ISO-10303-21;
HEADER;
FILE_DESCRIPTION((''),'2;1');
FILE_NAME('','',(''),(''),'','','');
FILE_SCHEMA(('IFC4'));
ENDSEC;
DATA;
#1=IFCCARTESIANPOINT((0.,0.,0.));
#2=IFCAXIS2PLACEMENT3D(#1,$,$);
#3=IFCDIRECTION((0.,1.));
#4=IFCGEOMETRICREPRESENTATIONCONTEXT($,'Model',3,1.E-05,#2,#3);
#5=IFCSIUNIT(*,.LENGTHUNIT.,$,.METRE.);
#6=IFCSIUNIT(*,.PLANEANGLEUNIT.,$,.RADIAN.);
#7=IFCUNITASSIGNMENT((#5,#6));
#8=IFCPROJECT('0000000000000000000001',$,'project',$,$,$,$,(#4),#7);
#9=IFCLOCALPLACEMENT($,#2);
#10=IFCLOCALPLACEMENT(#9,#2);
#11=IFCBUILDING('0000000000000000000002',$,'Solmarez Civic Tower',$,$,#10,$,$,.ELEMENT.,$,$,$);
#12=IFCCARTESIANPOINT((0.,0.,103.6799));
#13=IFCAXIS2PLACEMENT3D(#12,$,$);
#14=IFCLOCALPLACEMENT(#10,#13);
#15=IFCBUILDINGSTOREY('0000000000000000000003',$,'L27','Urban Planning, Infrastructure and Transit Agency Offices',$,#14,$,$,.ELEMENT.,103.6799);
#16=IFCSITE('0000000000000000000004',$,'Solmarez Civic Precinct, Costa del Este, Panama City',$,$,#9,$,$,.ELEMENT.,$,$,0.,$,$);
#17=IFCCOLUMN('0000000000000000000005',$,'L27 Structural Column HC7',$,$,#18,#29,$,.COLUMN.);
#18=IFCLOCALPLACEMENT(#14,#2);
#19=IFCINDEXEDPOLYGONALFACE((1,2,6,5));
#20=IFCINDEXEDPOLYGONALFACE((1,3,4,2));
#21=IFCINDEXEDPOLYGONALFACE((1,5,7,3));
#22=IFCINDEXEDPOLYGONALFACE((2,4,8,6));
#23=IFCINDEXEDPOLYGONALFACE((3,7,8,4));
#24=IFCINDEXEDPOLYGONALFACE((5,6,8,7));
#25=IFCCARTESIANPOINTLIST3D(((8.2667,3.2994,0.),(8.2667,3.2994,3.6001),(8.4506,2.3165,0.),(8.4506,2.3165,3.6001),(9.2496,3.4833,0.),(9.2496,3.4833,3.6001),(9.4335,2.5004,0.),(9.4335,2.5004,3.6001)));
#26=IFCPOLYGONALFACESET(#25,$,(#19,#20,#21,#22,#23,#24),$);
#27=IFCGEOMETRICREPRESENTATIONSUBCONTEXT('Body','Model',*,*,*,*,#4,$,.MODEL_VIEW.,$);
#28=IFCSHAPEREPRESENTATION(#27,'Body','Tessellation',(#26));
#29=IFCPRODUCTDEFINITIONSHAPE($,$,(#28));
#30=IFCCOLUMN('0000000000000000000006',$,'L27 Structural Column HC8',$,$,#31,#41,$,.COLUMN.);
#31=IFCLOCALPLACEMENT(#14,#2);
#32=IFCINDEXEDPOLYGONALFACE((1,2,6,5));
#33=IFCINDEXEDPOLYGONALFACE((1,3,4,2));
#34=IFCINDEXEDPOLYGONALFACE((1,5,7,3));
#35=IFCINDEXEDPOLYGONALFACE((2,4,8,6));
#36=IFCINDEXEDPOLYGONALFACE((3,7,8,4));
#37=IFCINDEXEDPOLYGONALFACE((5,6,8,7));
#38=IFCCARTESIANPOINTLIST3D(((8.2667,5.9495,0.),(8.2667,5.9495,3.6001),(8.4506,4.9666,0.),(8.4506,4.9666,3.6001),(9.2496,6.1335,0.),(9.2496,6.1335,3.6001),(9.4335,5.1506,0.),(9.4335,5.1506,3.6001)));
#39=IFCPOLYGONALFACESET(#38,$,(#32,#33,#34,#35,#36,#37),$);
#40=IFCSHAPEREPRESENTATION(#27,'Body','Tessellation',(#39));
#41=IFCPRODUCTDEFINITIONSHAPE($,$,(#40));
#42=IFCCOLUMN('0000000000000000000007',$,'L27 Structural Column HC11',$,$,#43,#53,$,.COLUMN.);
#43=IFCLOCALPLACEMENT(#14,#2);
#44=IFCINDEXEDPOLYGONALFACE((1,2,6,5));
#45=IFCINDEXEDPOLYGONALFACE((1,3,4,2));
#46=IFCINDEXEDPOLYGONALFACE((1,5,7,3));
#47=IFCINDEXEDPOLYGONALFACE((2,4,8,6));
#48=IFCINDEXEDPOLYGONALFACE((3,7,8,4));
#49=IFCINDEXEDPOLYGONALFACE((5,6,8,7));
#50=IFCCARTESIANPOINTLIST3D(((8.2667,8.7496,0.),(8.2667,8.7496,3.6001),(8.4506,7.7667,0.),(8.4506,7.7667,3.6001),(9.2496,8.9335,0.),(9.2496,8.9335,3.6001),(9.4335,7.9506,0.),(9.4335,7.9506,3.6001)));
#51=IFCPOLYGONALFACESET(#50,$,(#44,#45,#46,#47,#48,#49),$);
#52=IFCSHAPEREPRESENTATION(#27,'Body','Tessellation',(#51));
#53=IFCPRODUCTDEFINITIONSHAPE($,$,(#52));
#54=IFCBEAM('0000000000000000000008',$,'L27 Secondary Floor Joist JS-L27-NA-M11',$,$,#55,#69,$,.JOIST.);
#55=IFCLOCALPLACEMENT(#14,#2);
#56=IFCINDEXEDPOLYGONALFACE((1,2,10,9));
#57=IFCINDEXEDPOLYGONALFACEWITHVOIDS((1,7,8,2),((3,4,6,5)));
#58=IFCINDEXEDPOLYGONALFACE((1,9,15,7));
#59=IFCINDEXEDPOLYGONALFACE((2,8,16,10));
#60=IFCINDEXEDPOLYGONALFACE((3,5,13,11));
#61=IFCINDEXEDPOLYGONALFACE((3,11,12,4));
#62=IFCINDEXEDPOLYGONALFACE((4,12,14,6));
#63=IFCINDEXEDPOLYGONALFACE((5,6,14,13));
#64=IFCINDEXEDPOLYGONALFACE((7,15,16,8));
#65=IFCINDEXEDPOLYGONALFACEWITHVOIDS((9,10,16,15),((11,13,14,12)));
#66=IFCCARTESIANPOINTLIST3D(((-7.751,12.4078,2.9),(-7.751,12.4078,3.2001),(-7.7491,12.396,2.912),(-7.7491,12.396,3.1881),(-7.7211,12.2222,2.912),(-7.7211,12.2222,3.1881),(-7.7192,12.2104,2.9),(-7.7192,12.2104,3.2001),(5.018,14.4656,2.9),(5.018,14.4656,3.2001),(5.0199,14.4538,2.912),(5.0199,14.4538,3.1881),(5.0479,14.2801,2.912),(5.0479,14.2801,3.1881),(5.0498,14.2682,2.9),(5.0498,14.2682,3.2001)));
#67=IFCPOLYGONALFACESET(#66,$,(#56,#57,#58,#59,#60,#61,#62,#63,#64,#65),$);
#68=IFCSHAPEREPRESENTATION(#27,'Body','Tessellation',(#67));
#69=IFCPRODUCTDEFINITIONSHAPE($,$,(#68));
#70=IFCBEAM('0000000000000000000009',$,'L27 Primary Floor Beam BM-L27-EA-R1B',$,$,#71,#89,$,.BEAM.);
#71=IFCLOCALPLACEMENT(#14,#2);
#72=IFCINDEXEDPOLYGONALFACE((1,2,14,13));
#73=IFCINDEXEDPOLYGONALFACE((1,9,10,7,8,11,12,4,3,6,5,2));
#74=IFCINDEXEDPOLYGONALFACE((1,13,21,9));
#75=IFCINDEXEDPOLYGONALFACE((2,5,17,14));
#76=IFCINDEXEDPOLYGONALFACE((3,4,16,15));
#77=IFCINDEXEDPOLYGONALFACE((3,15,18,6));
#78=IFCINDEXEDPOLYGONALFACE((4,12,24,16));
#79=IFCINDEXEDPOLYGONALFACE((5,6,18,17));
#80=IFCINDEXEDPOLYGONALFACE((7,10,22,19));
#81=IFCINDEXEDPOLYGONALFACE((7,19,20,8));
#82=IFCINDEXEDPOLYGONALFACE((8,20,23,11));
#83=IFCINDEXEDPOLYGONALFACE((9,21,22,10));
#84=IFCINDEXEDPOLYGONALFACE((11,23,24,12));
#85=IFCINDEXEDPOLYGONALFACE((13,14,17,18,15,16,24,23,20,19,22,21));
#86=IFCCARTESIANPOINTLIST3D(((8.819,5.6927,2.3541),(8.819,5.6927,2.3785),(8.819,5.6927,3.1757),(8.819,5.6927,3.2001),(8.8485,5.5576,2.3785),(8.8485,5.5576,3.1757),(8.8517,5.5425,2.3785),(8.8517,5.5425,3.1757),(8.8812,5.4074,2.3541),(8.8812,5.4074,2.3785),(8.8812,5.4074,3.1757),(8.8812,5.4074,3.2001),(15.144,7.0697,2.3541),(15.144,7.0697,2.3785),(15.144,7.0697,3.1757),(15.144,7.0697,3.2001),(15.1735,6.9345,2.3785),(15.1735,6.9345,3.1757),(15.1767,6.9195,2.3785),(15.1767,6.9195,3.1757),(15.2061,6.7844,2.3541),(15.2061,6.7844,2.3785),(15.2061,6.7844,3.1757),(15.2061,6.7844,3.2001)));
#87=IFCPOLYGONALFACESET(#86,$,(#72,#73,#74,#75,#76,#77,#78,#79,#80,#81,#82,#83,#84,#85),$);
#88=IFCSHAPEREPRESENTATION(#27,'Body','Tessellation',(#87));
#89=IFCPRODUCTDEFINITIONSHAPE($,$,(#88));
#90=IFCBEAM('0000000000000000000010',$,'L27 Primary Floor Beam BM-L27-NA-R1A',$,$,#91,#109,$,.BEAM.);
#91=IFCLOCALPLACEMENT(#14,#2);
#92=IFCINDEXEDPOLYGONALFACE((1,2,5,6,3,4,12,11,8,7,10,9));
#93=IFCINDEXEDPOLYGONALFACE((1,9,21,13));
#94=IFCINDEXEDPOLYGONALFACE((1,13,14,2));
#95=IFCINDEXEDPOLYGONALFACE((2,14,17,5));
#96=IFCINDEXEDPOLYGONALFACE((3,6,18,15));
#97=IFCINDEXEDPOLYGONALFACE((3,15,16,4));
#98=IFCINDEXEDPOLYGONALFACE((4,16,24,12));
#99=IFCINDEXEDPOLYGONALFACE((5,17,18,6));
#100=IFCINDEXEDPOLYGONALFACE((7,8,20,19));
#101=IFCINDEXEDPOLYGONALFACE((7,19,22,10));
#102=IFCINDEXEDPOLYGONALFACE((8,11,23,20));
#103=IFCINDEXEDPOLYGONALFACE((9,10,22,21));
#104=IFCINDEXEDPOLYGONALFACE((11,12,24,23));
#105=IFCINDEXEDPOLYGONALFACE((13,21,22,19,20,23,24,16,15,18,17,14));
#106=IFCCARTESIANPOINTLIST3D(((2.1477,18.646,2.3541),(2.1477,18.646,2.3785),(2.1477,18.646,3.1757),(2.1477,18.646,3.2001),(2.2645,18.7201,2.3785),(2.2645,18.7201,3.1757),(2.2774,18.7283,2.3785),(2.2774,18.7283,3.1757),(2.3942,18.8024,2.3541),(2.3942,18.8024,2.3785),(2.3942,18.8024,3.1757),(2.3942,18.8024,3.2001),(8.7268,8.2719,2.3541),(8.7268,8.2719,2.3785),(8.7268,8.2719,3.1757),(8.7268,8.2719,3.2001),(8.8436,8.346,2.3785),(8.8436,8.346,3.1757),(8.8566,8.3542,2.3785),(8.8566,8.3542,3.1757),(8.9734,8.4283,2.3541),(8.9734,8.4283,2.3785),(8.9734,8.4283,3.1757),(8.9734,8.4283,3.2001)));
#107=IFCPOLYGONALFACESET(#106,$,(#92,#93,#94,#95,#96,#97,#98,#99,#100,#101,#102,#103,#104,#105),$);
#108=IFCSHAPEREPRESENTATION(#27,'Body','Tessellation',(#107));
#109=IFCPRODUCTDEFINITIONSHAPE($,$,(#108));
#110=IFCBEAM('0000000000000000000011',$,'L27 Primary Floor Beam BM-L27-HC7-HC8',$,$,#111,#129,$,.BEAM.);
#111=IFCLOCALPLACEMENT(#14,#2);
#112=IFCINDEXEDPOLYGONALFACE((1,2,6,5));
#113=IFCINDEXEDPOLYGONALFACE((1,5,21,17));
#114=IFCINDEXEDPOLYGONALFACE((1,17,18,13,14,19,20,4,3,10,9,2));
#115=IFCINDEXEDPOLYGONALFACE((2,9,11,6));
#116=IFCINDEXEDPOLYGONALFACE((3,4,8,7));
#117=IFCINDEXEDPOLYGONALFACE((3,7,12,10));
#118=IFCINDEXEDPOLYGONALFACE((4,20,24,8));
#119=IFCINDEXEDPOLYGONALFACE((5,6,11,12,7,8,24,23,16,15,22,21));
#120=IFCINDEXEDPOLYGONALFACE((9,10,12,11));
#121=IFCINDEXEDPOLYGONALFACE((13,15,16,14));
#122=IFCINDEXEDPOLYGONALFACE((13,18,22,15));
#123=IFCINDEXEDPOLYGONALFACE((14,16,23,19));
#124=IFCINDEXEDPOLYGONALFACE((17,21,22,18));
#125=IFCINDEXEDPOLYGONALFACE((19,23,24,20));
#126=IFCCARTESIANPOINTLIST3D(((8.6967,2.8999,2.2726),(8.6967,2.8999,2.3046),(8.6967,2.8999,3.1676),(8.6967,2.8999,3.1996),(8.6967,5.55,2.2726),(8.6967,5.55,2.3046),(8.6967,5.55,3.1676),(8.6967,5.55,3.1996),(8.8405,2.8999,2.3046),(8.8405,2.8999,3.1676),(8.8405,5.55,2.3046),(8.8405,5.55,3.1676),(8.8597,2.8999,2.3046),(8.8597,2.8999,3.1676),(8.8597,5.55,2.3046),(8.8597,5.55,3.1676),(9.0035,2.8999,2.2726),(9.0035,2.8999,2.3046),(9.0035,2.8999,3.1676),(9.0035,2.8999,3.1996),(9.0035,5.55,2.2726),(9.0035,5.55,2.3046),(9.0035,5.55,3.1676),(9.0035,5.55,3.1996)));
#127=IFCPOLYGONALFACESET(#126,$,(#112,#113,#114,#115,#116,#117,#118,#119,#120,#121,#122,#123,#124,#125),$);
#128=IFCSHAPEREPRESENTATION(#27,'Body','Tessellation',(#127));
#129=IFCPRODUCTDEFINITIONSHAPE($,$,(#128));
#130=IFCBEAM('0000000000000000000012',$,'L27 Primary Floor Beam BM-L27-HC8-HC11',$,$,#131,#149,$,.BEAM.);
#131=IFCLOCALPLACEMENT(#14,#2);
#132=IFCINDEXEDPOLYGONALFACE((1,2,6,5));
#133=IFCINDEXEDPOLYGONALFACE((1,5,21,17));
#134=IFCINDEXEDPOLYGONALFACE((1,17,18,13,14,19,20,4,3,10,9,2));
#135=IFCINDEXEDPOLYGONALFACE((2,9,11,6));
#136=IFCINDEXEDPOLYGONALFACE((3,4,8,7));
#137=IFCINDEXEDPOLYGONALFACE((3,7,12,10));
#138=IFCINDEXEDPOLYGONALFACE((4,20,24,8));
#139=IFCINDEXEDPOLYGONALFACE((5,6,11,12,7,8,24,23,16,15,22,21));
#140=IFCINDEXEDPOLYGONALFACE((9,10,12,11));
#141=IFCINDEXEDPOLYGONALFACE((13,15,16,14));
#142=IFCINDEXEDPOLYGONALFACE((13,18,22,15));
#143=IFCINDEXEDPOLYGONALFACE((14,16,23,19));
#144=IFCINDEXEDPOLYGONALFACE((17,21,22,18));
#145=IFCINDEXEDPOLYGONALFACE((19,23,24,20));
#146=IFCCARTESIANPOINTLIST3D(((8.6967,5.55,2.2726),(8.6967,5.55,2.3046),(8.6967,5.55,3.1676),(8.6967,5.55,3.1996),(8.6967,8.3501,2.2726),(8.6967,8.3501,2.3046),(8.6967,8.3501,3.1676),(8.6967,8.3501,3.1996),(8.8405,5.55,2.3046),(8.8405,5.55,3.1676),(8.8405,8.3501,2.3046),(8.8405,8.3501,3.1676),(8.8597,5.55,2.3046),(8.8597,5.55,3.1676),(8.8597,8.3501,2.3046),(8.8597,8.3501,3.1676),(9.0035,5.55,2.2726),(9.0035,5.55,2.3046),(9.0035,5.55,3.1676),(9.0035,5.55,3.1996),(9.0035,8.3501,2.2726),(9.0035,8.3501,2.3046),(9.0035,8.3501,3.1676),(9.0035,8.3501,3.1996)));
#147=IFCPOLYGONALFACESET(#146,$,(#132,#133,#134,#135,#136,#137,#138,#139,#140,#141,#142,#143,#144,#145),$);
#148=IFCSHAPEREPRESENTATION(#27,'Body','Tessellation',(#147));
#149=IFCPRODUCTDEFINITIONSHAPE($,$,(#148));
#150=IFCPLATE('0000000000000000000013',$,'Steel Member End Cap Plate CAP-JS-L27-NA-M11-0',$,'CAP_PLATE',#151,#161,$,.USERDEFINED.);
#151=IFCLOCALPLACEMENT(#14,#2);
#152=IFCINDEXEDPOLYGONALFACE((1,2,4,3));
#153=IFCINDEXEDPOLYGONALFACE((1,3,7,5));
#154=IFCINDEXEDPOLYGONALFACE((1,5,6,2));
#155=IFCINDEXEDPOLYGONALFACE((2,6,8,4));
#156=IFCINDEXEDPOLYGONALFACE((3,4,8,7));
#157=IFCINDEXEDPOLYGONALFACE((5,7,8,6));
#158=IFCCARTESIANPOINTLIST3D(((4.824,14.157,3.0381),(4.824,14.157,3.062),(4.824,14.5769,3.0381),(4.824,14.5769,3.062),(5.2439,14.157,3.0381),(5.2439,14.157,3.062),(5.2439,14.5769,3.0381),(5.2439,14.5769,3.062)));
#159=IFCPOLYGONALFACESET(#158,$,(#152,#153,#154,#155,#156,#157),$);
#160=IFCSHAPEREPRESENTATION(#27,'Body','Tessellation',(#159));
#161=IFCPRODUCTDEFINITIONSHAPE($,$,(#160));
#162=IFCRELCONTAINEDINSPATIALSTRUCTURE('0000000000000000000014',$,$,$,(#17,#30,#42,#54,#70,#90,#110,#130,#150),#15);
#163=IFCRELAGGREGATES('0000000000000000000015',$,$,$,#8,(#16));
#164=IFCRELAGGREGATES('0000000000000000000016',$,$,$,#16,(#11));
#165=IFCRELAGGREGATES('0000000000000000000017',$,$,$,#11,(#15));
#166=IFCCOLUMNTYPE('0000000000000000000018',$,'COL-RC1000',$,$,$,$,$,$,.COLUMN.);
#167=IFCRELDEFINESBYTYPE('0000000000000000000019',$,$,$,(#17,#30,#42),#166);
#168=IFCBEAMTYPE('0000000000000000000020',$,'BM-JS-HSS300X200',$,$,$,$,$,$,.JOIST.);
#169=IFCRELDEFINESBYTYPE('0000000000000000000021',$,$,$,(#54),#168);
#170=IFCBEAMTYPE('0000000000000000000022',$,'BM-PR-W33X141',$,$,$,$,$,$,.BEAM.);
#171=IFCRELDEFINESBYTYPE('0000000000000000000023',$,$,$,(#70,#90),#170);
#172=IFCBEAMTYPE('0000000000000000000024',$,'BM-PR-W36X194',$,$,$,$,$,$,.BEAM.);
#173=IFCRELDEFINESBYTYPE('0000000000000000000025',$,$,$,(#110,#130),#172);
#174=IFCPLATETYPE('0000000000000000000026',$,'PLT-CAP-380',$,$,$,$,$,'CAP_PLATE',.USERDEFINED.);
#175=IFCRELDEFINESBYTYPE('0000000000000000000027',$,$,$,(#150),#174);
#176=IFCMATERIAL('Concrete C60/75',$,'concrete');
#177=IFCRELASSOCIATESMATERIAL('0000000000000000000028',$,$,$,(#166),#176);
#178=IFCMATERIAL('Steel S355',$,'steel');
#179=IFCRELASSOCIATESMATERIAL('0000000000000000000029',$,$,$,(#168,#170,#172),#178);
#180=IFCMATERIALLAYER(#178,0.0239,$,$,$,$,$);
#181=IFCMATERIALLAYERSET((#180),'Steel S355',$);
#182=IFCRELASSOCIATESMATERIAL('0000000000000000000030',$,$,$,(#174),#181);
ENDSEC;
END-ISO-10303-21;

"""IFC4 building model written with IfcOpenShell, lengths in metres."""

from ifc_helpers import new_model, si_unit, direction, frame, origin, origin_2d, place, context, subcontext, project, spatial, rectangle, hollow_rectangle, i_section, extrude, material, layer, layer_set, material_profile, profile_set, type_object, element, save


model = new_model("IFC4")

# Units and contexts
model_context = context("Model", 3, precision=1e-05, world=origin(), true_north=direction((0.0, 1.0)))
body_context = subcontext(model_context, "Body", "Model", "MODEL_VIEW")
ifc_project = project(units=[si_unit("LENGTHUNIT", "METRE"), si_unit("PLANEANGLEUNIT", "RADIAN")], contexts=[model_context])

# Site, building, storey
site_placement = place(None, origin())
site = spatial("IfcSite", under=ifc_project, at=site_placement, Name="Solmarez Civic Precinct, Costa del Este, Panama City", CompositionType="ELEMENT", RefElevation=0.0)
building_placement = place(site_placement, origin())
building = spatial("IfcBuilding", under=site, at=building_placement, Name="Solmarez Civic Tower", CompositionType="ELEMENT")
storey_placement = place(building_placement, frame((0.0, 0.0, 103.6799)))
storey = spatial("IfcBuildingStorey", under=building, at=storey_placement, Name="L27", Description="Urban Planning, Infrastructure and Transit Agency Offices", CompositionType="ELEMENT", Elevation=103.6799)

# Columns
ifc_material_1 = material(Name="Concrete C60/75", Category="concrete")
ifc_material_profile_1 = material_profile(ifc_material_1, rectangle(XDim=1.0, YDim=1.0, at=origin_2d()), Name="RC1000X1000")
ifc_profile_set_1 = profile_set([ifc_material_profile_1], Name="Concrete C60/75")
column_type = type_object("IfcColumnType", Name="COL-RC1000", PredefinedType="COLUMN", material=ifc_profile_set_1)
for number, where, z_axis, x_axis, name in (
    (1, (8.8501, 2.8999, 0.0), (0.0, 0.0, 1.0), (0.982935, 0.183951, 0.0), "L27 Structural Column HC7"),
    (2, (8.8501, 5.55, 0.0), (0.0, 0.0, 1.0), (0.982935, 0.183951, 0.0), "L27 Structural Column HC8"),
    (3, (8.8501, 8.3501, 0.0), (0.0, 0.0, 1.0), (0.982935, 0.183951, 0.0), "L27 Structural Column HC11"),
):
    element("IfcColumn", number, at=place(storey_placement, frame(where, z_axis=z_axis, x_axis=x_axis)), inside=storey, type_object=column_type, Name=name, PredefinedType="COLUMN", context=body_context, shape_type="SweptSolid", body=[
        extrude(rectangle(XDim=1.0, YDim=1.0, at=origin_2d()), origin(), (0.0, 0.0, 1.0), 3.6001),
    ])

# Beams
ifc_material_2 = material(Name="Steel S355", Category="steel")
ifc_material_profile_2 = material_profile(ifc_material_2, hollow_rectangle(XDim=0.2, YDim=0.3, WallThickness=0.012, at=origin_2d()), Name="HSS300X200X12")
ifc_profile_set_2 = profile_set([ifc_material_profile_2], Name="Steel S355")
beam_type_1 = type_object("IfcBeamType", Name="BM-JS-HSS300X200", PredefinedType="JOIST", material=ifc_profile_set_2)
beam_1_placement = place(storey_placement, frame((5.0339, 14.3669, 3.05), z_axis=(-0.987261, -0.159107, 0.0), x_axis=(0.159107, -0.987261, 0.0)))
element("IfcBeam", 4, at=beam_1_placement, inside=storey, type_object=beam_type_1, Name="L27 Secondary Floor Joist JS-L27-NA-M11", PredefinedType="JOIST", context=body_context, shape_type="SweptSolid", body=[
    extrude(hollow_rectangle(XDim=0.2, YDim=0.3, WallThickness=0.012, at=origin_2d()), origin(), (0.0, 0.0, 1.0), 12.9338),
])
ifc_material_profile_3 = material_profile(ifc_material_2, i_section(OverallWidth=0.292, OverallDepth=0.8459, WebThickness=0.0154, FlangeThickness=0.0244, at=origin_2d()), Name="W33X141")
ifc_profile_set_3 = profile_set([ifc_material_profile_3], Name="Steel S355")
beam_type_2 = type_object("IfcBeamType", Name="BM-PR-W33X141", PredefinedType="BEAM", material=ifc_profile_set_3)
beam_2_placement = place(storey_placement, frame((8.8501, 5.55, 2.7771), z_axis=(0.977113, 0.212719, 0.0), x_axis=(-0.212719, 0.977113, 0.0)))
element("IfcBeam", 5, at=beam_2_placement, inside=storey, type_object=beam_type_2, Name="L27 Primary Floor Beam BM-L27-EA-R1B", PredefinedType="BEAM", context=body_context, shape_type="SweptSolid", body=[
    extrude(i_section(OverallWidth=0.292, OverallDepth=0.8459, WebThickness=0.0154, FlangeThickness=0.0244, at=origin_2d()), origin(), (0.0, 0.0, 1.0), 6.4731),
])
beam_3_placement = place(storey_placement, frame((8.8501, 8.3501, 2.7771), z_axis=(-0.535568, 0.844492, 0.0), x_axis=(-0.844492, -0.535568, 0.0)))
element("IfcBeam", 6, at=beam_3_placement, inside=storey, type_object=beam_type_2, Name="L27 Primary Floor Beam BM-L27-NA-R1A", PredefinedType="BEAM", context=body_context, shape_type="SweptSolid", body=[
    extrude(i_section(OverallWidth=0.292, OverallDepth=0.8459, WebThickness=0.0154, FlangeThickness=0.0244, at=origin_2d()), origin(), (0.0, 0.0, 1.0), 12.2844),
])
ifc_material_profile_4 = material_profile(ifc_material_2, i_section(OverallWidth=0.3069, OverallDepth=0.927, WebThickness=0.0193, FlangeThickness=0.032, at=origin_2d()), Name="W36X194")
ifc_profile_set_4 = profile_set([ifc_material_profile_4], Name="Steel S355")
beam_type_3 = type_object("IfcBeamType", Name="BM-PR-W36X194", PredefinedType="BEAM", material=ifc_profile_set_4)
beam_4_placement = place(storey_placement, frame((8.8501, 2.8999, 2.7361), z_axis=(0.0, 1.0, 0.0), x_axis=(-1.0, 0.0, 0.0)))
element("IfcBeam", 7, at=beam_4_placement, inside=storey, type_object=beam_type_3, Name="L27 Primary Floor Beam BM-L27-HC7-HC8", PredefinedType="BEAM", context=body_context, shape_type="SweptSolid", body=[
    extrude(i_section(OverallWidth=0.3069, OverallDepth=0.927, WebThickness=0.0193, FlangeThickness=0.032, at=origin_2d()), origin(), (0.0, 0.0, 1.0), 2.6501),
])
beam_5_placement = place(storey_placement, frame((8.8501, 5.55, 2.7361), z_axis=(0.0, 1.0, 0.0), x_axis=(-1.0, 0.0, 0.0)))
element("IfcBeam", 8, at=beam_5_placement, inside=storey, type_object=beam_type_3, Name="L27 Primary Floor Beam BM-L27-HC8-HC11", PredefinedType="BEAM", context=body_context, shape_type="SweptSolid", body=[
    extrude(i_section(OverallWidth=0.3069, OverallDepth=0.927, WebThickness=0.0193, FlangeThickness=0.032, at=origin_2d()), origin(), (0.0, 0.0, 1.0), 2.8),
])

# Plate
ifc_layer_1 = layer(ifc_material_2, 0.0239)
ifc_layer_set_1 = layer_set([ifc_layer_1], Name="Steel S355")
plate_type = type_object("IfcPlateType", Name="PLT-CAP-380", ElementType="CAP_PLATE", PredefinedType="USERDEFINED", material=ifc_layer_set_1)
plate_placement = place(storey_placement, frame((5.0339, 14.3669, 3.0381), z_axis=(0.0, 0.0, 1.0), x_axis=(1.0, 0.0, 0.0)))
element("IfcPlate", 9, at=plate_placement, inside=storey, type_object=plate_type, Name="Steel Member End Cap Plate CAP-JS-L27-NA-M11-0", ObjectType="CAP_PLATE", PredefinedType="USERDEFINED", context=body_context, shape_type="SweptSolid", body=[
    extrude(rectangle(XDim=0.4199, YDim=0.4199, at=origin_2d()), origin(), (0.0, 0.0, 1.0), 0.0239),
])

save(model, "model.ifc")
